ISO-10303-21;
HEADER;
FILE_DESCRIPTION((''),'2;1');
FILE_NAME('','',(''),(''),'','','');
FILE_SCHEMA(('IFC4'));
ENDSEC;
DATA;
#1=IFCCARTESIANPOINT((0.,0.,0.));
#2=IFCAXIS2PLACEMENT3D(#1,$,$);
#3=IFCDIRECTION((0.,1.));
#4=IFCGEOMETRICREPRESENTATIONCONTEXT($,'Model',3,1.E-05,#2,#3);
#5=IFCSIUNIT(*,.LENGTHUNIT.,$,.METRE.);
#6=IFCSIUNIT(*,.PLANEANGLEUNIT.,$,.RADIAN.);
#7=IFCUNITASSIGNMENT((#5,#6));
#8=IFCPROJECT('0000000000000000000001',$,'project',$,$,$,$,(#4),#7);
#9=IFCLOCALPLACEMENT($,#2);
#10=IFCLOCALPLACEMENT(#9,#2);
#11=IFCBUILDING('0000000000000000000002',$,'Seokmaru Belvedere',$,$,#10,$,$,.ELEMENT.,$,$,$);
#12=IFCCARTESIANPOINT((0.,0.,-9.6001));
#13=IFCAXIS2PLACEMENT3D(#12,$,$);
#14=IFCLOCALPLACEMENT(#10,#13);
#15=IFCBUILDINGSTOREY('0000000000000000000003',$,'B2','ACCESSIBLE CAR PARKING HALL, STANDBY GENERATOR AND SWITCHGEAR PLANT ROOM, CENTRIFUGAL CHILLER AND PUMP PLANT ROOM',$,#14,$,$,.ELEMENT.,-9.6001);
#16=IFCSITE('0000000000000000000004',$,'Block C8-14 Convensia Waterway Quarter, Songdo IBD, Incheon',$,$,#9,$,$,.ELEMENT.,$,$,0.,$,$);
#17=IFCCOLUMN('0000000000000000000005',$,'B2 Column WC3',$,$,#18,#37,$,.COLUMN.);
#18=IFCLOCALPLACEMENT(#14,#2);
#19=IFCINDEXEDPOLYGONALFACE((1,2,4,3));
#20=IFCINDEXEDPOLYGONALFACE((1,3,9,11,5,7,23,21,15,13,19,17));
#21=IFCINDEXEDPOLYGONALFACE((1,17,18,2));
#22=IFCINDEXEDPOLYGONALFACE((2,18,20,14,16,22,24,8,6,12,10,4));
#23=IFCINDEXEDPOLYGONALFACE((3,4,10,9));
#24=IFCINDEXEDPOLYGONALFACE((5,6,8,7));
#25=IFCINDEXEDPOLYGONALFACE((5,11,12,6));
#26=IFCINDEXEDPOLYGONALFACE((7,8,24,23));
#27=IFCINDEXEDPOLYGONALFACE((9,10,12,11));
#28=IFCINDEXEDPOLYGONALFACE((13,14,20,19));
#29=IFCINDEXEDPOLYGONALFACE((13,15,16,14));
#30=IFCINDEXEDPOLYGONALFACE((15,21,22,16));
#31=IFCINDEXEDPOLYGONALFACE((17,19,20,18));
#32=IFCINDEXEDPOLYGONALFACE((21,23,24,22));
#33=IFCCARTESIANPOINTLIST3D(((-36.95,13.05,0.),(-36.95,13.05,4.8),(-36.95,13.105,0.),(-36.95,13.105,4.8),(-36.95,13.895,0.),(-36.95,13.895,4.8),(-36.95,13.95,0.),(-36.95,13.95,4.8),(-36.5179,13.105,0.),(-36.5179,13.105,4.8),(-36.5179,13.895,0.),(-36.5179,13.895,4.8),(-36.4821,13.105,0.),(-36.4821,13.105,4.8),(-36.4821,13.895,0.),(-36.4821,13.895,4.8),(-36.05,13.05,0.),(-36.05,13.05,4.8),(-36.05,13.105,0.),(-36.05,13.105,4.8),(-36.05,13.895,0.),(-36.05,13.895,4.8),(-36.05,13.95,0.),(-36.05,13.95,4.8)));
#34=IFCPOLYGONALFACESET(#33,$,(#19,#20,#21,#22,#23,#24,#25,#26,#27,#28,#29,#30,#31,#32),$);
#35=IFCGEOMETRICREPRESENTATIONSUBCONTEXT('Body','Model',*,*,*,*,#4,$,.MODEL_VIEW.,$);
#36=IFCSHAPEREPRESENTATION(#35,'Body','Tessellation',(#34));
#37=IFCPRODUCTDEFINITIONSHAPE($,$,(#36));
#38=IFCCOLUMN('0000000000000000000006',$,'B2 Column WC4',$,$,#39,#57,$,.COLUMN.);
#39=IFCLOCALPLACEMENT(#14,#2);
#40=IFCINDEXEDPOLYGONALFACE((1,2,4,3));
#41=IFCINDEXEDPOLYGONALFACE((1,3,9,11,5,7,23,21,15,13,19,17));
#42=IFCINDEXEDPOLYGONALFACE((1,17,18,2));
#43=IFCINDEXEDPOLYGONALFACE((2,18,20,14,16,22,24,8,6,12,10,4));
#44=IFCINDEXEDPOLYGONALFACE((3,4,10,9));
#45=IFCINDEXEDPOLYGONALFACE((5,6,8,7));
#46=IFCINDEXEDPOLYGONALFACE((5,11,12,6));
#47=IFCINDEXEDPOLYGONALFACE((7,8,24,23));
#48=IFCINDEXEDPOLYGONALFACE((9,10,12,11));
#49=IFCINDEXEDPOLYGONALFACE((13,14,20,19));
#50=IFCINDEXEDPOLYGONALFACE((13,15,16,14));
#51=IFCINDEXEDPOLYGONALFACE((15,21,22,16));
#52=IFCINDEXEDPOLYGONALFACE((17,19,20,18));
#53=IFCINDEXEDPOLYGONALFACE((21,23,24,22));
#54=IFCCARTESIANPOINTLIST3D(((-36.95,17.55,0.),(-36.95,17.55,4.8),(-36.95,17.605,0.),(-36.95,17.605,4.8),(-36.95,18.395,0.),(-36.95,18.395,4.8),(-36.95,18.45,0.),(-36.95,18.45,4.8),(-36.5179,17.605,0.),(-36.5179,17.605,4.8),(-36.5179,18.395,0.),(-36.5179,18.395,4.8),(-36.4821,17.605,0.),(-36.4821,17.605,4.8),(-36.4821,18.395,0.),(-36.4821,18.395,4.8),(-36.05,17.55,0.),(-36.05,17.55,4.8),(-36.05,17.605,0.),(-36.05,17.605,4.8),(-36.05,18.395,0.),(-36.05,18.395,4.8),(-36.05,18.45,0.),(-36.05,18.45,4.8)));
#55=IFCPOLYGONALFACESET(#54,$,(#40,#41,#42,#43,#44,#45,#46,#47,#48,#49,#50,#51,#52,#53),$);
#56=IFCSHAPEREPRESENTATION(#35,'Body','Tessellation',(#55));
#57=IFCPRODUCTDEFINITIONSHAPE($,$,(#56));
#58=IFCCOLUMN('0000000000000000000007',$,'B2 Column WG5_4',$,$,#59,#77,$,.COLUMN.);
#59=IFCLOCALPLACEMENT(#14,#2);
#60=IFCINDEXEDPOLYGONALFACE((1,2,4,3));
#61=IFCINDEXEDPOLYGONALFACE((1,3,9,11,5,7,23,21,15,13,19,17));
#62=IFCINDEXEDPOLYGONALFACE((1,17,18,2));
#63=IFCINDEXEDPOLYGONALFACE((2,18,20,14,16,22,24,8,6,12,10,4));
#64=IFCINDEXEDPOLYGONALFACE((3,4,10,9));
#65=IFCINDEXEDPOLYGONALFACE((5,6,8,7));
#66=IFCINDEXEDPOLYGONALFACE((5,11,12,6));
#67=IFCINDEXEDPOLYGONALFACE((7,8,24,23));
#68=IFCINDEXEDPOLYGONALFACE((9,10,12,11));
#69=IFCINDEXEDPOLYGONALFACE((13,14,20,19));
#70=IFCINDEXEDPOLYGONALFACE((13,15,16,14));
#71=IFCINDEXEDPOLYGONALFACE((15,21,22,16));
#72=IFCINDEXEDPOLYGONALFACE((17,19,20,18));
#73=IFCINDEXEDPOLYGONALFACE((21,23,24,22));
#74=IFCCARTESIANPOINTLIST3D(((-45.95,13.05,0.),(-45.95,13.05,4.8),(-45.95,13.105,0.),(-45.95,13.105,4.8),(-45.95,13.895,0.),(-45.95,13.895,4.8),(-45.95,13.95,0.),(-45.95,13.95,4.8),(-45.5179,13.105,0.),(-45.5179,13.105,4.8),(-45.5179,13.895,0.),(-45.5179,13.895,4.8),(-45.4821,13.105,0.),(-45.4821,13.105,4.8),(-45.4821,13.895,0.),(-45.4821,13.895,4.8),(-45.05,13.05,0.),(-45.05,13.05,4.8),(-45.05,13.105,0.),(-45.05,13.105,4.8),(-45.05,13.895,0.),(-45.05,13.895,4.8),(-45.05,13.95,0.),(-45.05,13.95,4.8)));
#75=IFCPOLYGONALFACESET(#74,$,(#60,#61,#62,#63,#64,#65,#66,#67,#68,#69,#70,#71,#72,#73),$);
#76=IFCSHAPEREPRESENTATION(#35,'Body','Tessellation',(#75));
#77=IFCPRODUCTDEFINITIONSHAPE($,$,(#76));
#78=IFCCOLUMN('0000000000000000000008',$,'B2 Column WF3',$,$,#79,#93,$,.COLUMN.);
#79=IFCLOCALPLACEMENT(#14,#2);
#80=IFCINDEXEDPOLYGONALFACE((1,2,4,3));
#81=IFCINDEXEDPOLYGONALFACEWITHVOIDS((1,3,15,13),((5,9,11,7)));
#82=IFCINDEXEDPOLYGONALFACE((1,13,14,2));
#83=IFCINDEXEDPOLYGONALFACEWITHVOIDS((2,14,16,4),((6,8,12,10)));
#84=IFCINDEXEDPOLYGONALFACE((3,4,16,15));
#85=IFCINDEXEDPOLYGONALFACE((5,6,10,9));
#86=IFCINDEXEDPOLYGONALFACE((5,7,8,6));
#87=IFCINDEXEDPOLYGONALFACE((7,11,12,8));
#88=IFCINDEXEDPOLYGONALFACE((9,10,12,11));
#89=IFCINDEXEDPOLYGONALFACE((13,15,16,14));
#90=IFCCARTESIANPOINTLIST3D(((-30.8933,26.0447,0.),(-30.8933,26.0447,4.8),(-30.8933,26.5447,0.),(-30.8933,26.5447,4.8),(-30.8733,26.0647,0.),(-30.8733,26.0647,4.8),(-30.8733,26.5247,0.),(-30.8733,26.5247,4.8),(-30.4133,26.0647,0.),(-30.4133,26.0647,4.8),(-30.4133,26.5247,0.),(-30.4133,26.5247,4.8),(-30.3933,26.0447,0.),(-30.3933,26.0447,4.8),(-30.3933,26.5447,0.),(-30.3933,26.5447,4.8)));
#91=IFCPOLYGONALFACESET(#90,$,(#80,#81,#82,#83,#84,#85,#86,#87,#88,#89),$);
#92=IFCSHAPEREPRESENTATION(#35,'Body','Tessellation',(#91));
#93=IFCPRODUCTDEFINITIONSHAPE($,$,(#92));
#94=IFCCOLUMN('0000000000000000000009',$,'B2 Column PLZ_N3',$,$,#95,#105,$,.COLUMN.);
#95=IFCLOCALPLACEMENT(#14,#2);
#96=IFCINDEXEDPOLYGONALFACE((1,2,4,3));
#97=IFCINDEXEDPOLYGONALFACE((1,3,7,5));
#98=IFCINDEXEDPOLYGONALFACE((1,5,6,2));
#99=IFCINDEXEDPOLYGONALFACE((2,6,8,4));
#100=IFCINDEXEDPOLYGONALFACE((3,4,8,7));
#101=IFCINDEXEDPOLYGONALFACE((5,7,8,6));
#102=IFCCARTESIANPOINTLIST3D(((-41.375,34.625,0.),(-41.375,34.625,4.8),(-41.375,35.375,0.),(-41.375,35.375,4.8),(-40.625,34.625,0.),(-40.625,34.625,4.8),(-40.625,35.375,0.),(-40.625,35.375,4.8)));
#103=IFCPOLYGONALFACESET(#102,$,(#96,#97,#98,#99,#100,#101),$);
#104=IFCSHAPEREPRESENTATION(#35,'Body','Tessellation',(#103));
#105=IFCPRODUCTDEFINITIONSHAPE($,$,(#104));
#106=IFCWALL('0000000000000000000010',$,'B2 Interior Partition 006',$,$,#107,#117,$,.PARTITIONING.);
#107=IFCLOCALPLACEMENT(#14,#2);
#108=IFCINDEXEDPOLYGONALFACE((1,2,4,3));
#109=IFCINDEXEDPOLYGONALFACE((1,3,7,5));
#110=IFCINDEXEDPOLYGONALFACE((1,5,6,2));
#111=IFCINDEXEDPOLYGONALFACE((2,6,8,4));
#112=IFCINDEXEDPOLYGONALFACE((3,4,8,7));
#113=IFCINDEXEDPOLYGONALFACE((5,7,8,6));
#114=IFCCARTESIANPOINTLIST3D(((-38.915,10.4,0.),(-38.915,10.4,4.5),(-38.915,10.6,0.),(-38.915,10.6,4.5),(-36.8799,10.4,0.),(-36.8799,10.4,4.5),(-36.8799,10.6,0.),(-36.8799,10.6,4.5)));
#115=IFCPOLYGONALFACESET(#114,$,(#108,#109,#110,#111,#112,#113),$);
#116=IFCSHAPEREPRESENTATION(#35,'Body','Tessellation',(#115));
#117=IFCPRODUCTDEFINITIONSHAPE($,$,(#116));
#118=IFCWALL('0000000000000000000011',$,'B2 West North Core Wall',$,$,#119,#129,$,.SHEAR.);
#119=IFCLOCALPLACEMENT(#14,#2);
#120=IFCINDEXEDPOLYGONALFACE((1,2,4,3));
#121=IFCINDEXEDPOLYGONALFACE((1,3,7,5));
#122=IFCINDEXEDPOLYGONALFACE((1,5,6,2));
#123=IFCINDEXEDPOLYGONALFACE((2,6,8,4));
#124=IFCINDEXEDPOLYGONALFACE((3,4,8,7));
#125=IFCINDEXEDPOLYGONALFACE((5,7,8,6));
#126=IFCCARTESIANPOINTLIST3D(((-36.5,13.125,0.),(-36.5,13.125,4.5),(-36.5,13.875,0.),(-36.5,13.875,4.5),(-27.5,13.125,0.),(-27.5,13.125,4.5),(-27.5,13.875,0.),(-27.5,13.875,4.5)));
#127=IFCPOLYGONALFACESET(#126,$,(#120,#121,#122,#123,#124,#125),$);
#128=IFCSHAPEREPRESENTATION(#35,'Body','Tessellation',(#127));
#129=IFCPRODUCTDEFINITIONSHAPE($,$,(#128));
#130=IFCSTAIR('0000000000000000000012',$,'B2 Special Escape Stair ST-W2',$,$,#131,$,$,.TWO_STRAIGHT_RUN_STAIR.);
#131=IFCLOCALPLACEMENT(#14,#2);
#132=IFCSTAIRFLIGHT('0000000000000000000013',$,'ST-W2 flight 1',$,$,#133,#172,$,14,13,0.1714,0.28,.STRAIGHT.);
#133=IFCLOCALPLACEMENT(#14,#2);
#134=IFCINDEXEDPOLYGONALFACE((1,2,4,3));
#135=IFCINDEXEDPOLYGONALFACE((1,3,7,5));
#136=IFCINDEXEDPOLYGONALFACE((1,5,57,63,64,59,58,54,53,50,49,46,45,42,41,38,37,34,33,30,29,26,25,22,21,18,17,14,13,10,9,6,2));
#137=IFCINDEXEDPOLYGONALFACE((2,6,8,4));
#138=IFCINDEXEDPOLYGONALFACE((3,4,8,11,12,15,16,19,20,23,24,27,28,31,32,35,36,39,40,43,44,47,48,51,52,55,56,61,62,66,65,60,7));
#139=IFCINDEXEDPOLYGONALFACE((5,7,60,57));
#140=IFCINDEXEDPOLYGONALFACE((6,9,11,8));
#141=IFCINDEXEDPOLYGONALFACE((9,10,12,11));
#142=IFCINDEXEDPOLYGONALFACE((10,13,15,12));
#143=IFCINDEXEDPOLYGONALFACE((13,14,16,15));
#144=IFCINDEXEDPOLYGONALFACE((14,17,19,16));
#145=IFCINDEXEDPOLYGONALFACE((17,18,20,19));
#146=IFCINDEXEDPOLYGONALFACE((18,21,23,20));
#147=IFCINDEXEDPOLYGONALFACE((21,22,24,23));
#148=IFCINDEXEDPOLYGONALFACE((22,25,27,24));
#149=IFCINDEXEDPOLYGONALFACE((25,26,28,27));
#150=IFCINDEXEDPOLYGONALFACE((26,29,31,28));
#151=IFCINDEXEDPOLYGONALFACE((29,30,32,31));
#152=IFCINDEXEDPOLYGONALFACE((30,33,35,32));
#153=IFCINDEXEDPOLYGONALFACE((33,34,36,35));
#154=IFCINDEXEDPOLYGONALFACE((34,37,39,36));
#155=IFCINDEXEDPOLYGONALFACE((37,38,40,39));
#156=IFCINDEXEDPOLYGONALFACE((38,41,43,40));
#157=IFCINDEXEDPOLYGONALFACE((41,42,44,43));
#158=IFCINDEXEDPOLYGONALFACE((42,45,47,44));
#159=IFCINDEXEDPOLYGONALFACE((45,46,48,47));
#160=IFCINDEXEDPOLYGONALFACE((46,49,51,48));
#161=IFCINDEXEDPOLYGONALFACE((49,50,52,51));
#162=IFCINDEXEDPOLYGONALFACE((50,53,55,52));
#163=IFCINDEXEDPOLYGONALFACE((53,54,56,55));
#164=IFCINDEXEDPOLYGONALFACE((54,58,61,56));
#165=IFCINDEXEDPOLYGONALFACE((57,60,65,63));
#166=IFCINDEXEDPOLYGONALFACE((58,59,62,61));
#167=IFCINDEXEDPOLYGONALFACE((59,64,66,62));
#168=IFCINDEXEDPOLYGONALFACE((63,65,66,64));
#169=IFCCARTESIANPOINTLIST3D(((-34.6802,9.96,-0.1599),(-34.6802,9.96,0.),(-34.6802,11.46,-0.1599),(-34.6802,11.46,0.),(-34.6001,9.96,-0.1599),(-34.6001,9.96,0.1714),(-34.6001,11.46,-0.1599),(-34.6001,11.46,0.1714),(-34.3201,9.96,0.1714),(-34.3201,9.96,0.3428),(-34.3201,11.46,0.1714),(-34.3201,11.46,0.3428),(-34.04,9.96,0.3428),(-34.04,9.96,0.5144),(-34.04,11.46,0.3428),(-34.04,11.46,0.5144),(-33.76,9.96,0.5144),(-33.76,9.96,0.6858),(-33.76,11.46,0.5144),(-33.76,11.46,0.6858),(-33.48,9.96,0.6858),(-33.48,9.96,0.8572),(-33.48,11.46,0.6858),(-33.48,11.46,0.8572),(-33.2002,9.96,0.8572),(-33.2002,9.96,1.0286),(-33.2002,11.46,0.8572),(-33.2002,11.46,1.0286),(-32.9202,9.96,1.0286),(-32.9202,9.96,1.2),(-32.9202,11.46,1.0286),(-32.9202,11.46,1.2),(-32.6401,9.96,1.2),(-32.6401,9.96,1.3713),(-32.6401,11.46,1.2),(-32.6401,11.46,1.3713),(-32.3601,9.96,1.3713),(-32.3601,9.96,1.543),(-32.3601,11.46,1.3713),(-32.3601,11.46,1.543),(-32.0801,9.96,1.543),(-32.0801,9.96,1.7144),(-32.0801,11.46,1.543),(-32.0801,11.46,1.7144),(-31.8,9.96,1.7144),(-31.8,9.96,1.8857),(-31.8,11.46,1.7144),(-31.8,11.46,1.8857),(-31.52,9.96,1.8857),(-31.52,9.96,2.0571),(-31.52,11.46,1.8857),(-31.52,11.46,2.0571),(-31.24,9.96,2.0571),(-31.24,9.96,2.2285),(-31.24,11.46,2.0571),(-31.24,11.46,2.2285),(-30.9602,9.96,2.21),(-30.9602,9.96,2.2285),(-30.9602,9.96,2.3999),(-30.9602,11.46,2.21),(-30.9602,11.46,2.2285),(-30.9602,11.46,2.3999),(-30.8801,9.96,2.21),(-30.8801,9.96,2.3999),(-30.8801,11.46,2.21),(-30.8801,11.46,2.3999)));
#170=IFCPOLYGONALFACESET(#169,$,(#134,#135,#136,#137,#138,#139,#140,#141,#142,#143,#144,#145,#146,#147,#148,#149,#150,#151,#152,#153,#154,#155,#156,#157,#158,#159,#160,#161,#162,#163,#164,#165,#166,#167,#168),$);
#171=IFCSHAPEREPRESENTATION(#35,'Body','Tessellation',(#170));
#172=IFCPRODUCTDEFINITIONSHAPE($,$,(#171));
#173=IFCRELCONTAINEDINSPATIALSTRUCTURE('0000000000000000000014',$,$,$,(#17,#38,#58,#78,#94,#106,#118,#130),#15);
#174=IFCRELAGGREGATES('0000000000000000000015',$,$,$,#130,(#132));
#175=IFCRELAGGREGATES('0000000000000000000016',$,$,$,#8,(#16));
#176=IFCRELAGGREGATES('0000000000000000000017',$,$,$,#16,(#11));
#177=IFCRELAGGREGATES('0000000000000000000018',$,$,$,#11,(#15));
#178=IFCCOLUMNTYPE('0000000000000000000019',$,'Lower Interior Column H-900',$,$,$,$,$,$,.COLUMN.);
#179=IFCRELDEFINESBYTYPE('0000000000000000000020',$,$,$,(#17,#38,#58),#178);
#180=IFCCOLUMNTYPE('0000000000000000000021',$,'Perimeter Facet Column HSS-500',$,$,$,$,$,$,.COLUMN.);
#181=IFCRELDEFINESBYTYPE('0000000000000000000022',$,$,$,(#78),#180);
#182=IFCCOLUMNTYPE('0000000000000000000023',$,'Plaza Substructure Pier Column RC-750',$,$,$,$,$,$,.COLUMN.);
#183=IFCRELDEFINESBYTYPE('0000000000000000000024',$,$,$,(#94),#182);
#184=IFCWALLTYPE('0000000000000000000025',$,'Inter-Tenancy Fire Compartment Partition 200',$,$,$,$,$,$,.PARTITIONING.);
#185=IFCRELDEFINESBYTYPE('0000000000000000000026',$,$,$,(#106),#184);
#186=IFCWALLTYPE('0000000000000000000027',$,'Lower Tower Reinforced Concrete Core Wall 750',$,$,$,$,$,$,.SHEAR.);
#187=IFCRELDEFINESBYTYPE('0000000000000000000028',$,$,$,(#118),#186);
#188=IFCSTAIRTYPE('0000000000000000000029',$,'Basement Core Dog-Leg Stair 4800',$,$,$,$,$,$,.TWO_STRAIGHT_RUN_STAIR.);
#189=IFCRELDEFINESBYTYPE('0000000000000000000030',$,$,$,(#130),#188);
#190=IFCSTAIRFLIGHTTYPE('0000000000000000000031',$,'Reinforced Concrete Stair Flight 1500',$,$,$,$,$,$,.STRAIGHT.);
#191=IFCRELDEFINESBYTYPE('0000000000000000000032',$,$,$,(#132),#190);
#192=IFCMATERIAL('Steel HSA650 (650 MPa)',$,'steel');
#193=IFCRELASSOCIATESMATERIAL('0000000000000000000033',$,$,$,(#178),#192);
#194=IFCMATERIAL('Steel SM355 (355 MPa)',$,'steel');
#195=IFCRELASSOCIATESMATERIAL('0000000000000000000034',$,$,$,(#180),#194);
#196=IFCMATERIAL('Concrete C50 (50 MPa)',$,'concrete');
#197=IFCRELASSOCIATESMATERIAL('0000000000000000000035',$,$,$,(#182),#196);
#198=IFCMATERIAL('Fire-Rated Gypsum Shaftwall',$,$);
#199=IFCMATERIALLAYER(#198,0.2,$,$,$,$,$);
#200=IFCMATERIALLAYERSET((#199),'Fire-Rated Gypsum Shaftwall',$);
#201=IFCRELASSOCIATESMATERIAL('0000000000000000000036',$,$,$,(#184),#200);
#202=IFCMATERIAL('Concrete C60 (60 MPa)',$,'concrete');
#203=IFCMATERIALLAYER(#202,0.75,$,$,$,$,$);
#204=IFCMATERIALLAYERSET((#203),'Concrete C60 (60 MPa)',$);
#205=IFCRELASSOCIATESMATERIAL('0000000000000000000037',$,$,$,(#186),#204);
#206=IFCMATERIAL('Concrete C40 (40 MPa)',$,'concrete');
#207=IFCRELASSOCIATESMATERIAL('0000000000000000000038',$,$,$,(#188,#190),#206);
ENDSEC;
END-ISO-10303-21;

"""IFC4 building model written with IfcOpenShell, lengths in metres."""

from ifc_helpers import new_model, si_unit, direction, frame, frame_2d, origin, origin_2d, place, context, subcontext, project, spatial, polyline, rectangle, hollow_rectangle, i_section, outline, extrude, source, transform, mapped, material, layer, layer_set, material_profile, profile_set, type_object, type_shapes, element, aggregate, save


model = new_model("IFC4")

# Units and contexts
model_context = context("Model", 3, precision=1e-05, world=origin(), true_north=direction((0.0, 1.0)))
body_context = subcontext(model_context, "Body", "Model", "MODEL_VIEW")
ifc_project = project(units=[si_unit("LENGTHUNIT", "METRE"), si_unit("PLANEANGLEUNIT", "RADIAN")], contexts=[model_context])

# Site, building, storey
site_placement = place(None, origin())
site = spatial("IfcSite", under=ifc_project, at=site_placement, Name="Block C8-14 Convensia Waterway Quarter, Songdo IBD, Incheon", CompositionType="ELEMENT", RefElevation=0.0)
building_placement = place(site_placement, origin())
building = spatial("IfcBuilding", under=site, at=building_placement, Name="Seokmaru Belvedere", CompositionType="ELEMENT")
storey_placement = place(building_placement, frame((0.0, 0.0, -9.6001)))
storey = spatial("IfcBuildingStorey", under=building, at=storey_placement, Name="B2", Description="ACCESSIBLE CAR PARKING HALL, STANDBY GENERATOR AND SWITCHGEAR PLANT ROOM, CENTRIFUGAL CHILLER AND PUMP PLANT ROOM", CompositionType="ELEMENT", Elevation=-9.6001)

# Shared definitions
ifc_material_1 = material(Name="Concrete C50 (50 MPa)", Category="concrete")

# Shared definitions
ifc_material_2 = material(Name="Concrete C40 (40 MPa)", Category="concrete")

# Columns
ifc_material_3 = material(Name="Steel HSA650 (650 MPa)", Category="steel")
ifc_material_profile_1 = material_profile(ifc_material_3, i_section(OverallWidth=0.8999, OverallDepth=0.8999, WebThickness=0.0359, FlangeThickness=0.0549, at=origin_2d()), Name="H-900x900x36x55")
ifc_profile_set_1 = profile_set([ifc_material_profile_1], Name="Steel HSA650 (650 MPa)")
column_type_1 = type_object("IfcColumnType", Name="Lower Interior Column H-900", PredefinedType="COLUMN", material=ifc_profile_set_1)
shared_shape_1 = source(origin(), body_context, "Body", "SweptSolid", [
    extrude(i_section(OverallWidth=0.8999, OverallDepth=0.8999, WebThickness=0.0359, FlangeThickness=0.0549, at=origin_2d()), origin(), (0.0, 0.0, 1.0), 4.8),
])
type_shapes(column_type_1, [shared_shape_1])
for number, where, z_axis, x_axis, name in (
    (1, (-36.5, 13.5, 0.0), (0.0, 0.0, 1.0), (1.0, 0.0, 0.0), "B2 Column WC3"),
    (2, (-36.5, 18.0, 0.0), (0.0, 0.0, 1.0), (1.0, 0.0, 0.0), "B2 Column WC4"),
    (3, (-45.5, 13.5, 0.0), (0.0, 0.0, 1.0), (1.0, 0.0, 0.0), "B2 Column WG5_4"),
):
    element("IfcColumn", number, at=place(storey_placement, frame(where, z_axis=z_axis, x_axis=x_axis)), inside=storey, type_object=column_type_1, Name=name, PredefinedType="COLUMN", context=body_context, shape_type="MappedRepresentation", body=[
        mapped(shared_shape_1, transform((0.0, 0.0, 0.0), scale=1.0)),
    ])
ifc_material_4 = material(Name="Steel SM355 (355 MPa)", Category="steel")
ifc_material_profile_2 = material_profile(ifc_material_4, hollow_rectangle(XDim=0.5, YDim=0.5, WallThickness=0.02, at=origin_2d()), Name="HSS-500x500x20")
ifc_profile_set_2 = profile_set([ifc_material_profile_2], Name="Steel SM355 (355 MPa)")
column_type_2 = type_object("IfcColumnType", Name="Perimeter Facet Column HSS-500", PredefinedType="COLUMN", material=ifc_profile_set_2)
shared_shape_2 = source(origin(), body_context, "Body", "SweptSolid", [
    extrude(hollow_rectangle(XDim=0.5, YDim=0.5, WallThickness=0.02, at=origin_2d()), origin(), (0.0, 0.0, 1.0), 4.8),
])
type_shapes(column_type_2, [shared_shape_2])
column_1_placement = place(storey_placement, frame((-30.6433, 26.2947, 0.0), z_axis=(0.0, 0.0, 1.0), x_axis=(1.0, 0.0, 0.0)))
element("IfcColumn", 4, at=column_1_placement, inside=storey, type_object=column_type_2, Name="B2 Column WF3", PredefinedType="COLUMN", context=body_context, shape_type="MappedRepresentation", body=[
    mapped(shared_shape_2, transform((0.0, 0.0, 0.0), scale=1.0)),
])
ifc_material_profile_3 = material_profile(ifc_material_1, rectangle(XDim=0.75, YDim=0.75, at=origin_2d()), Name="RC-750x750")
ifc_profile_set_3 = profile_set([ifc_material_profile_3], Name="Concrete C50 (50 MPa)")
column_type_3 = type_object("IfcColumnType", Name="Plaza Substructure Pier Column RC-750", PredefinedType="COLUMN", material=ifc_profile_set_3)
shared_shape_3 = source(origin(), body_context, "Body", "SweptSolid", [
    extrude(rectangle(XDim=0.75, YDim=0.75, at=origin_2d()), origin(), (0.0, 0.0, 1.0), 4.8),
])
type_shapes(column_type_3, [shared_shape_3])
column_2_placement = place(storey_placement, frame((-41.0, 35.0, 0.0), z_axis=(0.0, 0.0, 1.0), x_axis=(1.0, 0.0, 0.0)))
element("IfcColumn", 5, at=column_2_placement, inside=storey, type_object=column_type_3, Name="B2 Column PLZ_N3", PredefinedType="COLUMN", context=body_context, shape_type="MappedRepresentation", body=[
    mapped(shared_shape_3, transform((0.0, 0.0, 0.0), scale=1.0)),
])

# Walls
ifc_material_5 = material(Name="Fire-Rated Gypsum Shaftwall")
ifc_layer_1 = layer(ifc_material_5, 0.2)
ifc_layer_set_1 = layer_set([ifc_layer_1], Name="Fire-Rated Gypsum Shaftwall")
wall_type_1 = type_object("IfcWallType", Name="Inter-Tenancy Fire Compartment Partition 200", PredefinedType="PARTITIONING", material=ifc_layer_set_1)
wall_1_placement = place(storey_placement, frame((-38.915, 10.5, 0.0), z_axis=(0.0, 0.0, 1.0), x_axis=(1.0, 0.0, 0.0)))
element("IfcWall", 6, at=wall_1_placement, inside=storey, type_object=wall_type_1, Name="B2 Interior Partition 006", PredefinedType="PARTITIONING", context=body_context, shape_type="SweptSolid", body=[
    extrude(rectangle(XDim=2.0352, YDim=0.2, at=frame_2d((1.0176, 0.0))), origin(), (0.0, 0.0, 1.0), 4.5),
])
ifc_material_6 = material(Name="Concrete C60 (60 MPa)", Category="concrete")
ifc_layer_2 = layer(ifc_material_6, 0.75)
ifc_layer_set_2 = layer_set([ifc_layer_2], Name="Concrete C60 (60 MPa)")
wall_type_2 = type_object("IfcWallType", Name="Lower Tower Reinforced Concrete Core Wall 750", PredefinedType="SHEAR", material=ifc_layer_set_2)
wall_2_placement = place(storey_placement, frame((-36.5, 13.5, 0.0), z_axis=(0.0, 0.0, 1.0), x_axis=(1.0, 0.0, 0.0)))
element("IfcWall", 7, at=wall_2_placement, inside=storey, type_object=wall_type_2, Name="B2 West North Core Wall", PredefinedType="SHEAR", context=body_context, shape_type="SweptSolid", body=[
    extrude(rectangle(XDim=9.0, YDim=0.75, at=frame_2d((4.5, 0.0))), origin(), (0.0, 0.0, 1.0), 4.5),
])

# Stair, stair flight
stair_type = type_object("IfcStairType", Name="Basement Core Dog-Leg Stair 4800", PredefinedType="TWO_STRAIGHT_RUN_STAIR", material=ifc_material_2)
stair_placement = place(storey_placement, origin())
stair = element("IfcStair", 8, at=stair_placement, inside=storey, type_object=stair_type, Name="B2 Special Escape Stair ST-W2", PredefinedType="TWO_STRAIGHT_RUN_STAIR")
stair_flight_type = type_object("IfcStairFlightType", Name="Reinforced Concrete Stair Flight 1500", PredefinedType="STRAIGHT", material=ifc_material_2)
stair_flight_1_placement = place(storey_placement, frame((-34.6001, 10.71, 0.0), z_axis=(0.0, 0.0, 1.0), x_axis=(1.0, 0.0, 0.0)))
stair_flight_1 = element("IfcStairFlight", 9, at=stair_flight_1_placement, type_object=stair_flight_type, Name="ST-W2 flight 1", NumberOfRisers=14, NumberOfTreads=13, PredefinedType="STRAIGHT", RiserHeight=0.1714, TreadLength=0.28, context=body_context, shape_type="SweptSolid", body=[
    extrude(outline(polyline([(-0.0801, 0.0), (0.0, 0.1714), (0.28, 0.1714), (0.28, 0.3428), (0.5601, 0.3428), (0.5601, 0.5144), (0.8401, 0.5144), (0.8401, 0.6858), (1.1201, 0.6858), (1.1201, 0.8572), (1.3999, 0.8572), (1.3999, 1.0286), (1.6799, 1.0286), (1.6799, 1.2), (1.96, 1.2), (1.96, 1.3713), (2.24, 1.3713), (2.24, 1.543), (2.52, 1.543), (2.52, 1.7144), (2.8, 1.7144), (2.8, 1.8857), (3.0801, 1.8857), (3.0801, 2.0571), (3.3601, 2.0571), (3.3601, 2.2285), (3.6399, 2.2285), (3.6399, 2.3999), (3.72, 2.3999), (3.72, 2.21), (3.6399, 2.21), (0.0, -0.1599), (-0.0801, -0.1599), (-0.0801, 0.0)])), frame((0.0, 0.75, 0.0), z_axis=(0.0, -1.0, 0.0), x_axis=(1.0, 0.0, 0.0)), (0.0, 0.0, 1.0), 1.5),
])
aggregate(stair, [stair_flight_1])

save(model, "model.ifc")
